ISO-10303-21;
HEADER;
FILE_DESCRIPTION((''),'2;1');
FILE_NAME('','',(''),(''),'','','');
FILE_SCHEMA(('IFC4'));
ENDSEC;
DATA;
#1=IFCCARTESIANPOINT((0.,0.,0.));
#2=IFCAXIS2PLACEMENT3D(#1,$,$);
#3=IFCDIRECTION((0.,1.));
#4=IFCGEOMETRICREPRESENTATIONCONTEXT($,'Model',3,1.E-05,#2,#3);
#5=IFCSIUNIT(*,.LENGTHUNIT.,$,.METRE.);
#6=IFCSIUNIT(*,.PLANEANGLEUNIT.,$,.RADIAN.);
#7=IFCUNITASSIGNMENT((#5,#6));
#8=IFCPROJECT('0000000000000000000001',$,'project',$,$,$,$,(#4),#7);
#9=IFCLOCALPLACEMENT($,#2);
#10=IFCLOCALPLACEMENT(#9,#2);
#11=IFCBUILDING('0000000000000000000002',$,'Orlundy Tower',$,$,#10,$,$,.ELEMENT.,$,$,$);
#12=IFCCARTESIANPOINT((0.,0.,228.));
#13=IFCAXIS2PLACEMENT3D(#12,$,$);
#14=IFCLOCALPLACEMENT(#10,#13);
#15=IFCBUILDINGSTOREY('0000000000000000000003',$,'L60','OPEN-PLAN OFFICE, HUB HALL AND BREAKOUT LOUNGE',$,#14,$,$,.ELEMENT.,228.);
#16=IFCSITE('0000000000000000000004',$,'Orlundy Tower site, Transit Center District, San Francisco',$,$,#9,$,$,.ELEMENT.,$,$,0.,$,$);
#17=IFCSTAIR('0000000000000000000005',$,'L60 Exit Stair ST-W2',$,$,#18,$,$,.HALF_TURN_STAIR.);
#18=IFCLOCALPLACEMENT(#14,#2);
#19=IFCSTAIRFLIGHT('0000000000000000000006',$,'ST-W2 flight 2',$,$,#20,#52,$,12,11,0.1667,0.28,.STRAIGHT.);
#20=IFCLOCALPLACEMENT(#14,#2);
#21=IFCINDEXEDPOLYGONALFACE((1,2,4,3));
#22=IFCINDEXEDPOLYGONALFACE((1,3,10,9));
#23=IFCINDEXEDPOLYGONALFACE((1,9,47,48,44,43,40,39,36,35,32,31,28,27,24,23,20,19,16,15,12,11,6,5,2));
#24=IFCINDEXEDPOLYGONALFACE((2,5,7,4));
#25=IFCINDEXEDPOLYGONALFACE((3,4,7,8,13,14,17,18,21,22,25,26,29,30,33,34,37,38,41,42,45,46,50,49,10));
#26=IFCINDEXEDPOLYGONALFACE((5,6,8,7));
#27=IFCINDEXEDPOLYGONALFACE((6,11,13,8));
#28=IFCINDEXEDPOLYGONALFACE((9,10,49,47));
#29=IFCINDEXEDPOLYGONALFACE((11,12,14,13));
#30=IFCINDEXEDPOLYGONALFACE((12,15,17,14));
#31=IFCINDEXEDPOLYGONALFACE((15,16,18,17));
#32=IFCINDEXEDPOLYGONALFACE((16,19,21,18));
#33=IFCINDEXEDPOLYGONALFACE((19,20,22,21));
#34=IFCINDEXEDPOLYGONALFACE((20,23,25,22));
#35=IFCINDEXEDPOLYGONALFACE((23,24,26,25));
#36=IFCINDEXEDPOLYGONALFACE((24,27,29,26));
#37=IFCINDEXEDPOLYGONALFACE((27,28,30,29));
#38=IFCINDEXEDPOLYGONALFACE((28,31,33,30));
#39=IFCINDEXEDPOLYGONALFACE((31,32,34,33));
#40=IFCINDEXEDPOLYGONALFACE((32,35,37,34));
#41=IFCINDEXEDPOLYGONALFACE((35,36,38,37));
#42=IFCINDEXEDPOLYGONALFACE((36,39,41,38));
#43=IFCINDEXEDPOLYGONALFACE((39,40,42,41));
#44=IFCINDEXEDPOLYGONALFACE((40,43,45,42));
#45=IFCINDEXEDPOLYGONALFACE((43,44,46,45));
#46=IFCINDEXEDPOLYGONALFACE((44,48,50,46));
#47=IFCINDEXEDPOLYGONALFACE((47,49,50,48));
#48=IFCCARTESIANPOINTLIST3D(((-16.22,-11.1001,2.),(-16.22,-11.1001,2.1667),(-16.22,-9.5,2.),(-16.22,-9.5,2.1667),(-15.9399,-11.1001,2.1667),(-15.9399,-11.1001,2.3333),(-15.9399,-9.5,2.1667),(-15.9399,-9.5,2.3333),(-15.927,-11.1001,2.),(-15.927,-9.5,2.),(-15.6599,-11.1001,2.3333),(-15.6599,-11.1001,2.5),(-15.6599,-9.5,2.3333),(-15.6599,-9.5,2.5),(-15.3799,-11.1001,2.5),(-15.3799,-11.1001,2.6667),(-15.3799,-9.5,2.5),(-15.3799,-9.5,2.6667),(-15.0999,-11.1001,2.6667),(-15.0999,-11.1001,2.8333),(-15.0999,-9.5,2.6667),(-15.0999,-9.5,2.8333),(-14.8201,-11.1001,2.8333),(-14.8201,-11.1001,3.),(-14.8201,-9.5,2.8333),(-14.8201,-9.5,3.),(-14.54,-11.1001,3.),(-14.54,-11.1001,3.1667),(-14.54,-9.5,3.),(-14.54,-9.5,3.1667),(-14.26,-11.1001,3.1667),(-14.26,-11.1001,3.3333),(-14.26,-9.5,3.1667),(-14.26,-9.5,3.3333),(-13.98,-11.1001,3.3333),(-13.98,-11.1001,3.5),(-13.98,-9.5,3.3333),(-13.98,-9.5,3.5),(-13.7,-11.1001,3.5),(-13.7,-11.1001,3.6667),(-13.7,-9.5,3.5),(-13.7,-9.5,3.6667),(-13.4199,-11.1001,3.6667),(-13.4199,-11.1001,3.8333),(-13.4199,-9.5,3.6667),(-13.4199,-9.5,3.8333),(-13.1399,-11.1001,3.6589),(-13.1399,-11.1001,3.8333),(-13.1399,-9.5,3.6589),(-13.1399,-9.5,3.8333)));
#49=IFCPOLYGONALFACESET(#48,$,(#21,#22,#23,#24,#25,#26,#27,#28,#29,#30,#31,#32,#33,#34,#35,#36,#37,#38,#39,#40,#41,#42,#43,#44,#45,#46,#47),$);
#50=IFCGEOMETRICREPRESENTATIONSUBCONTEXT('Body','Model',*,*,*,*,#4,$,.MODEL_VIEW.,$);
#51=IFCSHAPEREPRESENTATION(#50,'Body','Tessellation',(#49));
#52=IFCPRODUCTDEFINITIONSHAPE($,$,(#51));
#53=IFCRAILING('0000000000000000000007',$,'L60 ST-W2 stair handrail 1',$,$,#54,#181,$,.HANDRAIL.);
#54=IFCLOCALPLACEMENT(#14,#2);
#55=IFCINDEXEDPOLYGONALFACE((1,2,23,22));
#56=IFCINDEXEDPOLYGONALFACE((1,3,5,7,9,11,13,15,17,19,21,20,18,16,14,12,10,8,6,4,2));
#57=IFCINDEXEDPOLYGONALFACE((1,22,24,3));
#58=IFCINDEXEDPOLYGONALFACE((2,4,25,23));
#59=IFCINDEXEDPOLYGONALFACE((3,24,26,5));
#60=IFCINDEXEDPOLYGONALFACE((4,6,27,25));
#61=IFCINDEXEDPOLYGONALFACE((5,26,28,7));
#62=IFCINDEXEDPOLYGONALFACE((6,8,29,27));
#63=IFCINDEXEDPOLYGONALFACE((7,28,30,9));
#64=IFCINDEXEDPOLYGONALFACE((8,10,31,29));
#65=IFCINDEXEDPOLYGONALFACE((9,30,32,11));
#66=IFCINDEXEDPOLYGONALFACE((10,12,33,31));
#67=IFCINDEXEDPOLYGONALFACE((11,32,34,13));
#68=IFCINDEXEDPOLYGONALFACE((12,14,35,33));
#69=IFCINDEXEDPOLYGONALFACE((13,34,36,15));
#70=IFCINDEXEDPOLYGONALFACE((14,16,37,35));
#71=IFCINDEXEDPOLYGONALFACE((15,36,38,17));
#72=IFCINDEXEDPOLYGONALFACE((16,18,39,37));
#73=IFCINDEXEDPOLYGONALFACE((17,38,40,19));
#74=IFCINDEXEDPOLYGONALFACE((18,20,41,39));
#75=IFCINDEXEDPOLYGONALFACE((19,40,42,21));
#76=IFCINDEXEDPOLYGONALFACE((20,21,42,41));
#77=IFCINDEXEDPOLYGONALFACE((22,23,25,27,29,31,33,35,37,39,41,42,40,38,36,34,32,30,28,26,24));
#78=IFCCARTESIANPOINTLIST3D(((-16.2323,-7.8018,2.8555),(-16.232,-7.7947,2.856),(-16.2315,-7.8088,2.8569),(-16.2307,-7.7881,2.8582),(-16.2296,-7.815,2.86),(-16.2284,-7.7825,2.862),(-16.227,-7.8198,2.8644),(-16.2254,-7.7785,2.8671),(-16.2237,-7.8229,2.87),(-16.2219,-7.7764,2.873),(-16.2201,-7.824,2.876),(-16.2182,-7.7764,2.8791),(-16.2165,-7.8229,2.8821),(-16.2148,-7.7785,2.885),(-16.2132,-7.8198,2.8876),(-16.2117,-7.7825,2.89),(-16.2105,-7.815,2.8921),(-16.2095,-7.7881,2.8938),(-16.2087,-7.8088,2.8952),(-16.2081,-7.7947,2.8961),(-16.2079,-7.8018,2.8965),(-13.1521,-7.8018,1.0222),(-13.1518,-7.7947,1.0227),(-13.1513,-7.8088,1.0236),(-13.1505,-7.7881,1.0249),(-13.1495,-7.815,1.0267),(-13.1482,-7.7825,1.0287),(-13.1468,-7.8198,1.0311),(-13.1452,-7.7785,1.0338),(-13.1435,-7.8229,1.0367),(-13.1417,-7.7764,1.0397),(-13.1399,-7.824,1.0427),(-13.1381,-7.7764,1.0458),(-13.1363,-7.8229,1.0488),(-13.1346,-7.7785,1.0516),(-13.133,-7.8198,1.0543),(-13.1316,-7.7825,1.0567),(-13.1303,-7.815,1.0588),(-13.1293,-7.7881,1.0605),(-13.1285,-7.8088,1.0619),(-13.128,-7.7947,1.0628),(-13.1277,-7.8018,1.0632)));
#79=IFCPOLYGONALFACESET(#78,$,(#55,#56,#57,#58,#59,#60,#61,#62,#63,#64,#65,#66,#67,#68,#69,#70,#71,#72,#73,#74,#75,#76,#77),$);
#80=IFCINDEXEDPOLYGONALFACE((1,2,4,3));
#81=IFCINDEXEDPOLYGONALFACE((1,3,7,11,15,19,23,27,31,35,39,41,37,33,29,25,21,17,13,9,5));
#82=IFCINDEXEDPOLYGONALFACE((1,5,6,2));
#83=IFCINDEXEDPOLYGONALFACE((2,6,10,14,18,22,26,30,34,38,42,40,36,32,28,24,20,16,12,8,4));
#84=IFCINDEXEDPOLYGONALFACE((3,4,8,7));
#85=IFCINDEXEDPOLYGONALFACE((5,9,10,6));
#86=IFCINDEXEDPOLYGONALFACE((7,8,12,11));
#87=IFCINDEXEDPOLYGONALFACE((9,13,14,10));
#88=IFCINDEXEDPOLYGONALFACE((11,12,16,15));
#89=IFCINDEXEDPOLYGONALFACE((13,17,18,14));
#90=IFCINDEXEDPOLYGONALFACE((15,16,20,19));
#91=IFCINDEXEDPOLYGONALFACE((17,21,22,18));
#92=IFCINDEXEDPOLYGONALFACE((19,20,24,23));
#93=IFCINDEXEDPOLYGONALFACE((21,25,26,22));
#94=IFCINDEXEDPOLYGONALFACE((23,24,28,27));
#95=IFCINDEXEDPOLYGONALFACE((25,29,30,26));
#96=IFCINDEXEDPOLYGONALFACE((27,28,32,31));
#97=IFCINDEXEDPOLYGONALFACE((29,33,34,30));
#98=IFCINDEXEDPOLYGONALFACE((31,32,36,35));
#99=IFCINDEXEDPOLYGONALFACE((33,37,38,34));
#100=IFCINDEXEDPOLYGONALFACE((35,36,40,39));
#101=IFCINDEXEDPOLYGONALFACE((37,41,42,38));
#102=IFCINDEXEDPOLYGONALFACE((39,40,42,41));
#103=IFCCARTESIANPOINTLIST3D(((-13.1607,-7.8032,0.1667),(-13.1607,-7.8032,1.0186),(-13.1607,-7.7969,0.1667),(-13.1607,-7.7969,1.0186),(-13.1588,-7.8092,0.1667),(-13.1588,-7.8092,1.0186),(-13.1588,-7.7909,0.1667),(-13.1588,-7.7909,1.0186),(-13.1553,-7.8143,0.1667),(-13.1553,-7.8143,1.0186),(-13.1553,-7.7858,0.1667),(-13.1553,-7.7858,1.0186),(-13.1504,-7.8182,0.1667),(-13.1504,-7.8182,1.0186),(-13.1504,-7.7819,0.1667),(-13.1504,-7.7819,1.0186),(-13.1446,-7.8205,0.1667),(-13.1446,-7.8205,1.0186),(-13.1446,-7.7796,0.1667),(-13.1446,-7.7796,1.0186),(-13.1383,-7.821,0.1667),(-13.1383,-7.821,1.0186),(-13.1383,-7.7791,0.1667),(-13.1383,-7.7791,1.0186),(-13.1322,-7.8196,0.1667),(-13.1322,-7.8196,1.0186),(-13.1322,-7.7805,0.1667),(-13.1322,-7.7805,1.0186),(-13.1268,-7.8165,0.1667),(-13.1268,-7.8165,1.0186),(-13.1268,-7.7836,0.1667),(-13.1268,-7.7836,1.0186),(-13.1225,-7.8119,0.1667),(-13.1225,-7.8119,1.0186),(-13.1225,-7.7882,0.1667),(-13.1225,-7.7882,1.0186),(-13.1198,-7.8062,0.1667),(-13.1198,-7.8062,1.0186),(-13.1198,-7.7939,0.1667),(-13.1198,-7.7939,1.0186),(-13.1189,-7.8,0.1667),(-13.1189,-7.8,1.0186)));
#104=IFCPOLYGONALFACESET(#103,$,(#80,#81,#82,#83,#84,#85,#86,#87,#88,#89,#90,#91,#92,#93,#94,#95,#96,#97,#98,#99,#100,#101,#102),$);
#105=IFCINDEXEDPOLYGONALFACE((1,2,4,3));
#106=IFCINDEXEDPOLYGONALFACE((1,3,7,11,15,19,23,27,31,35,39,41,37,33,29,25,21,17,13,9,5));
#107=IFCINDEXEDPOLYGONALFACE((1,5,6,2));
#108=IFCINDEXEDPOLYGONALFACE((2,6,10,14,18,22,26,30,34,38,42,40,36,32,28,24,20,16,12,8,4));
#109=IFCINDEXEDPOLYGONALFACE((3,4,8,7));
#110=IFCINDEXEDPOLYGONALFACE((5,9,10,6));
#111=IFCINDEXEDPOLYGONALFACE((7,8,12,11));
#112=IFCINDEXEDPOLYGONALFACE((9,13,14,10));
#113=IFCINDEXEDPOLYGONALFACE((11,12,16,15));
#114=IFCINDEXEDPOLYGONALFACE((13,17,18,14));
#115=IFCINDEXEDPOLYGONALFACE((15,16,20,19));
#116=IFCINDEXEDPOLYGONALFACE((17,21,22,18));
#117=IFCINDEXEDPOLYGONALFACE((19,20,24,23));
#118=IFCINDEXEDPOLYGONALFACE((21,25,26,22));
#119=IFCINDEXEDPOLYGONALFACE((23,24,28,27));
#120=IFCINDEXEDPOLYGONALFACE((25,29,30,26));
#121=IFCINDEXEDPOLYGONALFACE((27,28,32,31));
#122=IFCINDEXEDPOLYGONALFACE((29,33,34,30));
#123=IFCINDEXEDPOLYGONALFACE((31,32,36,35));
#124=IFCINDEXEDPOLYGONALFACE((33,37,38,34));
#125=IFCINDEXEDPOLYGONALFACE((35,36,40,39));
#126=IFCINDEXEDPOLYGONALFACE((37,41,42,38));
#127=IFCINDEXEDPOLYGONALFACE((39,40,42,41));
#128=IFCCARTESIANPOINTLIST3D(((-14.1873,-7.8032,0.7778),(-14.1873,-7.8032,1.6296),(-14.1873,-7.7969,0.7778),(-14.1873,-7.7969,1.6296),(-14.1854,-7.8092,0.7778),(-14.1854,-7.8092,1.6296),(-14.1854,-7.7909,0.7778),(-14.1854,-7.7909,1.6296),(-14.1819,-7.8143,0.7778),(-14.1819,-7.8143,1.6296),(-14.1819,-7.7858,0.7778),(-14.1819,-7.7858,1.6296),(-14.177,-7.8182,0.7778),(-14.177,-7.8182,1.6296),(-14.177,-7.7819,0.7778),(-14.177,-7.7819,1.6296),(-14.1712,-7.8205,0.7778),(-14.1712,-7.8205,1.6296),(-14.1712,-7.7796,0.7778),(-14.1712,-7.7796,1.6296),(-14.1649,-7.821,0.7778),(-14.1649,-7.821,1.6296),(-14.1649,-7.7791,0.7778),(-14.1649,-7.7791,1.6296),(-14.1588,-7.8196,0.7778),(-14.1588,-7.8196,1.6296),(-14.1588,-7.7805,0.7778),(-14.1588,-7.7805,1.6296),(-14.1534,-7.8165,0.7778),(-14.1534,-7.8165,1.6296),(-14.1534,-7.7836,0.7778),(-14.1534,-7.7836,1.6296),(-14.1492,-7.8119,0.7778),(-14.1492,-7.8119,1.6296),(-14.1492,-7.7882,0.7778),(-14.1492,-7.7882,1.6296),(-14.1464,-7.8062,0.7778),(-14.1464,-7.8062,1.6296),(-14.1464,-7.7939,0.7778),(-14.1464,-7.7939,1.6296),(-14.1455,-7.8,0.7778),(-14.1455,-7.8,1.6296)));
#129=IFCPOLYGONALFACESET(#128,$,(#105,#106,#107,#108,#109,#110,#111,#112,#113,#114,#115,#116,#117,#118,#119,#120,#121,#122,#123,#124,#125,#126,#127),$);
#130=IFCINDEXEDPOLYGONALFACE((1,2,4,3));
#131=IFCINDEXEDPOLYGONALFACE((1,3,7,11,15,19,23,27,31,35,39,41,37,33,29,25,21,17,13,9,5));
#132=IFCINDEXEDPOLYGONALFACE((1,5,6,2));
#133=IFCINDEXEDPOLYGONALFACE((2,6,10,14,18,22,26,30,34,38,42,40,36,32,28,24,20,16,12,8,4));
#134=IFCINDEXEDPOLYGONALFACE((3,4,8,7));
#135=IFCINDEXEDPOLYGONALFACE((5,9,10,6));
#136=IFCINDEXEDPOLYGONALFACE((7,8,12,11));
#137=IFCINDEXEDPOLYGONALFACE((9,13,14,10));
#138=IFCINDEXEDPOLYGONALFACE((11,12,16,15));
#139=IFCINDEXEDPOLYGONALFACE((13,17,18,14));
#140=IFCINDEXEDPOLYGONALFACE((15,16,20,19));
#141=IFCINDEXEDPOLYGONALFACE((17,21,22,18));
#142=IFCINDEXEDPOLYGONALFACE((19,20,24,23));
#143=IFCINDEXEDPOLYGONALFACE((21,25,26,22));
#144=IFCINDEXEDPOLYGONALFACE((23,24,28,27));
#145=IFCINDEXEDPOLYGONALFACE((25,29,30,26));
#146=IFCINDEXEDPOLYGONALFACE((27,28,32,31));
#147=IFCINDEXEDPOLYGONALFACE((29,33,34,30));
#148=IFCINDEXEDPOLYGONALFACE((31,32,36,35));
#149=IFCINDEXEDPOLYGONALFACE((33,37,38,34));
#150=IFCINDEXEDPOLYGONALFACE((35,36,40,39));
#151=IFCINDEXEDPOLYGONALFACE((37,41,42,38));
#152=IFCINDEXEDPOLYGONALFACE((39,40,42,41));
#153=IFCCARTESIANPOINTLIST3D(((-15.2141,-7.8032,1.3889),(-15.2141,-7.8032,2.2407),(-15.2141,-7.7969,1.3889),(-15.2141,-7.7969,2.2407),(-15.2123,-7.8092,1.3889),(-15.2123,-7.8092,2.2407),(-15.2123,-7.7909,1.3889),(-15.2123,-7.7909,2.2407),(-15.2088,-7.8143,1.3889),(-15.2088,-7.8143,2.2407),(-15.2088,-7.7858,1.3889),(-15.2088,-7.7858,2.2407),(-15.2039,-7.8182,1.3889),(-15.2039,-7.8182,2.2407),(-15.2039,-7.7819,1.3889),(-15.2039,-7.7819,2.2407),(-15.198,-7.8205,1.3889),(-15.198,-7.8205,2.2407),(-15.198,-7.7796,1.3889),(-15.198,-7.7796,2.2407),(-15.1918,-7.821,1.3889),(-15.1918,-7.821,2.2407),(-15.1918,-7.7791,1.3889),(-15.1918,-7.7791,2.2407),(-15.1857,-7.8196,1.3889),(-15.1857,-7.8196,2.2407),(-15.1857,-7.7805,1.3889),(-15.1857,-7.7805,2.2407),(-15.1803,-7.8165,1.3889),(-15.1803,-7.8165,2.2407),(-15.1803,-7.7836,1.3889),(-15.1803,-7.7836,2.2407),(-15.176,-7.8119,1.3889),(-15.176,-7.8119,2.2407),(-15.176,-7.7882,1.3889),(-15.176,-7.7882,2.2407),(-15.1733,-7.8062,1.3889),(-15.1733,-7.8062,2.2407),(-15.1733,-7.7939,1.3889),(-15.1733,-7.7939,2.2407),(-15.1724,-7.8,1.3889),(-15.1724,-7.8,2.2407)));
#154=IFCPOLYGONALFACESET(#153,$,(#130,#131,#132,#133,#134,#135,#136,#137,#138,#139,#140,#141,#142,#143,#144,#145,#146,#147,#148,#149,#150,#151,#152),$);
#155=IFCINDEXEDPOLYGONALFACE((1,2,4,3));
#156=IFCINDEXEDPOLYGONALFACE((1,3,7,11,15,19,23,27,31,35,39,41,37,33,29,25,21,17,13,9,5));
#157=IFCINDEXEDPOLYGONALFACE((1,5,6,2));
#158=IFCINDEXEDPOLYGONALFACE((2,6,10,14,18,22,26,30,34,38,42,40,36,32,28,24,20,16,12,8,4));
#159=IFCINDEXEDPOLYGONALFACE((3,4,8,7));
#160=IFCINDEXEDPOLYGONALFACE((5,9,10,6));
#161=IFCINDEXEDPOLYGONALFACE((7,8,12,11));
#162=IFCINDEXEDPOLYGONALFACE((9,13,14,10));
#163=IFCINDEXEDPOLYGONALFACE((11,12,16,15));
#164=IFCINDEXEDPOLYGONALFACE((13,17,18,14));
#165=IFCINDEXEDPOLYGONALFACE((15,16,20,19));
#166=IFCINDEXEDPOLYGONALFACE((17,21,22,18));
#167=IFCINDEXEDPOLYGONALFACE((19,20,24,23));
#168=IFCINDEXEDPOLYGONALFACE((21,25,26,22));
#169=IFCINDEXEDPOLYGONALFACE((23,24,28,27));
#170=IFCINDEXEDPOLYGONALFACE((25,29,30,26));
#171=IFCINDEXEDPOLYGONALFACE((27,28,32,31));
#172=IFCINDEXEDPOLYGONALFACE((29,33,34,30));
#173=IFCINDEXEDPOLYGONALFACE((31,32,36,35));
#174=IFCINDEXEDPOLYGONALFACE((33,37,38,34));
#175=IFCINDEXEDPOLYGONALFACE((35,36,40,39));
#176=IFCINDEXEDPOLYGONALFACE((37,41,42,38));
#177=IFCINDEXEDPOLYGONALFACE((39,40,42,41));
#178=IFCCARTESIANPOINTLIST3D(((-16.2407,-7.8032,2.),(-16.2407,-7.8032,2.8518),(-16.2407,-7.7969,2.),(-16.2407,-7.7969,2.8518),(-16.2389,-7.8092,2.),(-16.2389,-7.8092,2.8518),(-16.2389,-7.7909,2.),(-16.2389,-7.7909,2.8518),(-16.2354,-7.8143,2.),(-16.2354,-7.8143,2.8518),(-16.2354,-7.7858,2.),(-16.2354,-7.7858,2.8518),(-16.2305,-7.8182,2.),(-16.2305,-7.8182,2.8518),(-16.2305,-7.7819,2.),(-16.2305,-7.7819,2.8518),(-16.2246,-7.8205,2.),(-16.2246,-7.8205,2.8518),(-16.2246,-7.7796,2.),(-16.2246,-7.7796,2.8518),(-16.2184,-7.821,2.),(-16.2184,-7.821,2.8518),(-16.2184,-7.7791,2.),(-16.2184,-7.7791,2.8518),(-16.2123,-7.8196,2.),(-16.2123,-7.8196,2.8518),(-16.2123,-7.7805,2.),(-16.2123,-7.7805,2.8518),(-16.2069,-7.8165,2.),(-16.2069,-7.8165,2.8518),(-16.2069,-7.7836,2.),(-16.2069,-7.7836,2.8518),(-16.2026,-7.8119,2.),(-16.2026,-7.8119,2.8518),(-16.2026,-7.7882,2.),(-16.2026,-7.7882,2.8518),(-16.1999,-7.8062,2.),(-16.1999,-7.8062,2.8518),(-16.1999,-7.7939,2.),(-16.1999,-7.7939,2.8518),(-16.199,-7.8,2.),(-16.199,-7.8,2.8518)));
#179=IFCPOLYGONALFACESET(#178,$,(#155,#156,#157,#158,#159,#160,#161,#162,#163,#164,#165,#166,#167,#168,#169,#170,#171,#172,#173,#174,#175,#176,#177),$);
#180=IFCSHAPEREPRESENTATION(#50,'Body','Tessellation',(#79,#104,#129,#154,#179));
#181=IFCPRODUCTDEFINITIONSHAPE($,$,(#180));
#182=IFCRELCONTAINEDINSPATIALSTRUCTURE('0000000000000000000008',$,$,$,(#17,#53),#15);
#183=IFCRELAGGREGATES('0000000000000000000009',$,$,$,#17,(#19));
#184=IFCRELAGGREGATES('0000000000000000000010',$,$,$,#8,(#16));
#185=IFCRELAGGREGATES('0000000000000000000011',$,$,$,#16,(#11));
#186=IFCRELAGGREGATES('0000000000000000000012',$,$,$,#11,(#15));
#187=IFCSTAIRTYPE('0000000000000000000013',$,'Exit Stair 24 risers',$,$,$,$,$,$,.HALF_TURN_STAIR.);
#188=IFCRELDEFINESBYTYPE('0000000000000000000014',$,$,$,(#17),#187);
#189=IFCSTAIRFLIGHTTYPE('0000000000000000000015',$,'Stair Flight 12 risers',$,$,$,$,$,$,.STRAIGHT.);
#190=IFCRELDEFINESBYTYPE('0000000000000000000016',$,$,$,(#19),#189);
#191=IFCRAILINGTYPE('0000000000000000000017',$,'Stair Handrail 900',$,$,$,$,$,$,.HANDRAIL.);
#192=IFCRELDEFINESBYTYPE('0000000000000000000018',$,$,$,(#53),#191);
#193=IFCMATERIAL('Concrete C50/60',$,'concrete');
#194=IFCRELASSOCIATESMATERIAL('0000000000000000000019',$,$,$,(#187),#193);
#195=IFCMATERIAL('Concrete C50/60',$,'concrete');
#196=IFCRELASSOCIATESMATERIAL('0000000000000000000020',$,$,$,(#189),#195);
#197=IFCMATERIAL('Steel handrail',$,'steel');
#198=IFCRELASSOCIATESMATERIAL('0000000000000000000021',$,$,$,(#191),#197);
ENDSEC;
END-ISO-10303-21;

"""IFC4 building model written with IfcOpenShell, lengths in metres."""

from ifc_helpers import new_model, si_unit, direction, frame, origin, origin_2d, place, context, subcontext, project, spatial, polyline, circle, outline, extrude, material, type_object, element, aggregate, save


model = new_model("IFC4")

# Units and contexts
model_context = context("Model", 3, precision=1e-05, world=origin(), true_north=direction((0.0, 1.0)))
body_context = subcontext(model_context, "Body", "Model", "MODEL_VIEW")
ifc_project = project(units=[si_unit("LENGTHUNIT", "METRE"), si_unit("PLANEANGLEUNIT", "RADIAN")], contexts=[model_context])

# Site, building, storey
site_placement = place(None, origin())
site = spatial("IfcSite", under=ifc_project, at=site_placement, Name="Orlundy Tower site, Transit Center District, San Francisco", CompositionType="ELEMENT", RefElevation=0.0)
building_placement = place(site_placement, origin())
building = spatial("IfcBuilding", under=site, at=building_placement, Name="Orlundy Tower", CompositionType="ELEMENT")
storey_placement = place(building_placement, frame((0.0, 0.0, 228.0)))
storey = spatial("IfcBuildingStorey", under=building, at=storey_placement, Name="L60", Description="OPEN-PLAN OFFICE, HUB HALL AND BREAKOUT LOUNGE", CompositionType="ELEMENT", Elevation=228.0)

# Stair, stair flight
ifc_material_1 = material(Name="Concrete C50/60", Category="concrete")
stair_type = type_object("IfcStairType", Name="Exit Stair 24 risers", PredefinedType="HALF_TURN_STAIR", material=ifc_material_1)
stair_placement = place(storey_placement, origin())
stair = element("IfcStair", 1, at=stair_placement, inside=storey, type_object=stair_type, Name="L60 Exit Stair ST-W2", PredefinedType="HALF_TURN_STAIR")
ifc_material_2 = material(Name="Concrete C50/60", Category="concrete")
stair_flight_type = type_object("IfcStairFlightType", Name="Stair Flight 12 risers", PredefinedType="STRAIGHT", material=ifc_material_2)
stair_flight_1_placement = place(storey_placement, frame((-16.22, -10.3, 2.0), z_axis=(0.0, 0.0, 1.0), x_axis=(1.0, 0.0, 0.0)))
stair_flight_1 = element("IfcStairFlight", 2, at=stair_flight_1_placement, type_object=stair_flight_type, Name="ST-W2 flight 2", NumberOfRisers=12, NumberOfTreads=11, PredefinedType="STRAIGHT", RiserHeight=0.1667, TreadLength=0.28, context=body_context, shape_type="SweptSolid", body=[
    extrude(outline(polyline([(0.0, 0.0), (0.0, 0.1667), (0.28, 0.1667), (0.28, 0.3333), (0.5601, 0.3333), (0.5601, 0.5), (0.8401, 0.5), (0.8401, 0.6667), (1.1201, 0.6667), (1.1201, 0.8333), (1.3999, 0.8333), (1.3999, 1.0), (1.6799, 1.0), (1.6799, 1.1667), (1.96, 1.1667), (1.96, 1.3333), (2.24, 1.3333), (2.24, 1.5), (2.52, 1.5), (2.52, 1.6667), (2.8, 1.6667), (2.8, 1.8333), (3.0801, 1.8333), (3.0801, 2.0), (3.0801, 1.6589), (0.293, 0.0), (0.0, 0.0)])), frame((0.0, 0.8, 0.0), z_axis=(0.0, -1.0, 0.0), x_axis=(1.0, 0.0, 0.0)), (0.0, 0.0, 1.0), 1.6001),
])
aggregate(stair, [stair_flight_1])

# Railing
ifc_material_3 = material(Name="Steel handrail", Category="steel")
railing_type_1 = type_object("IfcRailingType", Name="Stair Handrail 900", PredefinedType="HANDRAIL", material=ifc_material_3)
railing_1_placement = place(storey_placement, frame((-13.1399, -7.8, 0.1667)))
element("IfcRailing", 3, at=railing_1_placement, inside=storey, type_object=railing_type_1, Name="L60 ST-W2 stair handrail 1", PredefinedType="HANDRAIL", context=body_context, shape_type="SweptSolid", body=[
    extrude(circle(Radius=0.0239, at=origin_2d()), frame((0.0, 0.0, 0.876), z_axis=(-0.859309, 0.0, 0.511458), x_axis=(0.0, -1.0, 0.0)), (0.0, 0.0, 1.0), 3.5845),
    extrude(circle(Radius=0.021, at=origin_2d()), origin(), (0.0, 0.0, 1.0), 0.8518),
    extrude(circle(Radius=0.021, at=origin_2d()), frame((-1.0266, 0.0, 0.6111)), (0.0, 0.0, 1.0), 0.8518),
    extrude(circle(Radius=0.021, at=origin_2d()), frame((-2.0535, 0.0, 1.2222)), (0.0, 0.0, 1.0), 0.8518),
    extrude(circle(Radius=0.021, at=origin_2d()), frame((-3.0801, 0.0, 1.8333)), (0.0, 0.0, 1.0), 0.8518),
])

save(model, "model.ifc")
